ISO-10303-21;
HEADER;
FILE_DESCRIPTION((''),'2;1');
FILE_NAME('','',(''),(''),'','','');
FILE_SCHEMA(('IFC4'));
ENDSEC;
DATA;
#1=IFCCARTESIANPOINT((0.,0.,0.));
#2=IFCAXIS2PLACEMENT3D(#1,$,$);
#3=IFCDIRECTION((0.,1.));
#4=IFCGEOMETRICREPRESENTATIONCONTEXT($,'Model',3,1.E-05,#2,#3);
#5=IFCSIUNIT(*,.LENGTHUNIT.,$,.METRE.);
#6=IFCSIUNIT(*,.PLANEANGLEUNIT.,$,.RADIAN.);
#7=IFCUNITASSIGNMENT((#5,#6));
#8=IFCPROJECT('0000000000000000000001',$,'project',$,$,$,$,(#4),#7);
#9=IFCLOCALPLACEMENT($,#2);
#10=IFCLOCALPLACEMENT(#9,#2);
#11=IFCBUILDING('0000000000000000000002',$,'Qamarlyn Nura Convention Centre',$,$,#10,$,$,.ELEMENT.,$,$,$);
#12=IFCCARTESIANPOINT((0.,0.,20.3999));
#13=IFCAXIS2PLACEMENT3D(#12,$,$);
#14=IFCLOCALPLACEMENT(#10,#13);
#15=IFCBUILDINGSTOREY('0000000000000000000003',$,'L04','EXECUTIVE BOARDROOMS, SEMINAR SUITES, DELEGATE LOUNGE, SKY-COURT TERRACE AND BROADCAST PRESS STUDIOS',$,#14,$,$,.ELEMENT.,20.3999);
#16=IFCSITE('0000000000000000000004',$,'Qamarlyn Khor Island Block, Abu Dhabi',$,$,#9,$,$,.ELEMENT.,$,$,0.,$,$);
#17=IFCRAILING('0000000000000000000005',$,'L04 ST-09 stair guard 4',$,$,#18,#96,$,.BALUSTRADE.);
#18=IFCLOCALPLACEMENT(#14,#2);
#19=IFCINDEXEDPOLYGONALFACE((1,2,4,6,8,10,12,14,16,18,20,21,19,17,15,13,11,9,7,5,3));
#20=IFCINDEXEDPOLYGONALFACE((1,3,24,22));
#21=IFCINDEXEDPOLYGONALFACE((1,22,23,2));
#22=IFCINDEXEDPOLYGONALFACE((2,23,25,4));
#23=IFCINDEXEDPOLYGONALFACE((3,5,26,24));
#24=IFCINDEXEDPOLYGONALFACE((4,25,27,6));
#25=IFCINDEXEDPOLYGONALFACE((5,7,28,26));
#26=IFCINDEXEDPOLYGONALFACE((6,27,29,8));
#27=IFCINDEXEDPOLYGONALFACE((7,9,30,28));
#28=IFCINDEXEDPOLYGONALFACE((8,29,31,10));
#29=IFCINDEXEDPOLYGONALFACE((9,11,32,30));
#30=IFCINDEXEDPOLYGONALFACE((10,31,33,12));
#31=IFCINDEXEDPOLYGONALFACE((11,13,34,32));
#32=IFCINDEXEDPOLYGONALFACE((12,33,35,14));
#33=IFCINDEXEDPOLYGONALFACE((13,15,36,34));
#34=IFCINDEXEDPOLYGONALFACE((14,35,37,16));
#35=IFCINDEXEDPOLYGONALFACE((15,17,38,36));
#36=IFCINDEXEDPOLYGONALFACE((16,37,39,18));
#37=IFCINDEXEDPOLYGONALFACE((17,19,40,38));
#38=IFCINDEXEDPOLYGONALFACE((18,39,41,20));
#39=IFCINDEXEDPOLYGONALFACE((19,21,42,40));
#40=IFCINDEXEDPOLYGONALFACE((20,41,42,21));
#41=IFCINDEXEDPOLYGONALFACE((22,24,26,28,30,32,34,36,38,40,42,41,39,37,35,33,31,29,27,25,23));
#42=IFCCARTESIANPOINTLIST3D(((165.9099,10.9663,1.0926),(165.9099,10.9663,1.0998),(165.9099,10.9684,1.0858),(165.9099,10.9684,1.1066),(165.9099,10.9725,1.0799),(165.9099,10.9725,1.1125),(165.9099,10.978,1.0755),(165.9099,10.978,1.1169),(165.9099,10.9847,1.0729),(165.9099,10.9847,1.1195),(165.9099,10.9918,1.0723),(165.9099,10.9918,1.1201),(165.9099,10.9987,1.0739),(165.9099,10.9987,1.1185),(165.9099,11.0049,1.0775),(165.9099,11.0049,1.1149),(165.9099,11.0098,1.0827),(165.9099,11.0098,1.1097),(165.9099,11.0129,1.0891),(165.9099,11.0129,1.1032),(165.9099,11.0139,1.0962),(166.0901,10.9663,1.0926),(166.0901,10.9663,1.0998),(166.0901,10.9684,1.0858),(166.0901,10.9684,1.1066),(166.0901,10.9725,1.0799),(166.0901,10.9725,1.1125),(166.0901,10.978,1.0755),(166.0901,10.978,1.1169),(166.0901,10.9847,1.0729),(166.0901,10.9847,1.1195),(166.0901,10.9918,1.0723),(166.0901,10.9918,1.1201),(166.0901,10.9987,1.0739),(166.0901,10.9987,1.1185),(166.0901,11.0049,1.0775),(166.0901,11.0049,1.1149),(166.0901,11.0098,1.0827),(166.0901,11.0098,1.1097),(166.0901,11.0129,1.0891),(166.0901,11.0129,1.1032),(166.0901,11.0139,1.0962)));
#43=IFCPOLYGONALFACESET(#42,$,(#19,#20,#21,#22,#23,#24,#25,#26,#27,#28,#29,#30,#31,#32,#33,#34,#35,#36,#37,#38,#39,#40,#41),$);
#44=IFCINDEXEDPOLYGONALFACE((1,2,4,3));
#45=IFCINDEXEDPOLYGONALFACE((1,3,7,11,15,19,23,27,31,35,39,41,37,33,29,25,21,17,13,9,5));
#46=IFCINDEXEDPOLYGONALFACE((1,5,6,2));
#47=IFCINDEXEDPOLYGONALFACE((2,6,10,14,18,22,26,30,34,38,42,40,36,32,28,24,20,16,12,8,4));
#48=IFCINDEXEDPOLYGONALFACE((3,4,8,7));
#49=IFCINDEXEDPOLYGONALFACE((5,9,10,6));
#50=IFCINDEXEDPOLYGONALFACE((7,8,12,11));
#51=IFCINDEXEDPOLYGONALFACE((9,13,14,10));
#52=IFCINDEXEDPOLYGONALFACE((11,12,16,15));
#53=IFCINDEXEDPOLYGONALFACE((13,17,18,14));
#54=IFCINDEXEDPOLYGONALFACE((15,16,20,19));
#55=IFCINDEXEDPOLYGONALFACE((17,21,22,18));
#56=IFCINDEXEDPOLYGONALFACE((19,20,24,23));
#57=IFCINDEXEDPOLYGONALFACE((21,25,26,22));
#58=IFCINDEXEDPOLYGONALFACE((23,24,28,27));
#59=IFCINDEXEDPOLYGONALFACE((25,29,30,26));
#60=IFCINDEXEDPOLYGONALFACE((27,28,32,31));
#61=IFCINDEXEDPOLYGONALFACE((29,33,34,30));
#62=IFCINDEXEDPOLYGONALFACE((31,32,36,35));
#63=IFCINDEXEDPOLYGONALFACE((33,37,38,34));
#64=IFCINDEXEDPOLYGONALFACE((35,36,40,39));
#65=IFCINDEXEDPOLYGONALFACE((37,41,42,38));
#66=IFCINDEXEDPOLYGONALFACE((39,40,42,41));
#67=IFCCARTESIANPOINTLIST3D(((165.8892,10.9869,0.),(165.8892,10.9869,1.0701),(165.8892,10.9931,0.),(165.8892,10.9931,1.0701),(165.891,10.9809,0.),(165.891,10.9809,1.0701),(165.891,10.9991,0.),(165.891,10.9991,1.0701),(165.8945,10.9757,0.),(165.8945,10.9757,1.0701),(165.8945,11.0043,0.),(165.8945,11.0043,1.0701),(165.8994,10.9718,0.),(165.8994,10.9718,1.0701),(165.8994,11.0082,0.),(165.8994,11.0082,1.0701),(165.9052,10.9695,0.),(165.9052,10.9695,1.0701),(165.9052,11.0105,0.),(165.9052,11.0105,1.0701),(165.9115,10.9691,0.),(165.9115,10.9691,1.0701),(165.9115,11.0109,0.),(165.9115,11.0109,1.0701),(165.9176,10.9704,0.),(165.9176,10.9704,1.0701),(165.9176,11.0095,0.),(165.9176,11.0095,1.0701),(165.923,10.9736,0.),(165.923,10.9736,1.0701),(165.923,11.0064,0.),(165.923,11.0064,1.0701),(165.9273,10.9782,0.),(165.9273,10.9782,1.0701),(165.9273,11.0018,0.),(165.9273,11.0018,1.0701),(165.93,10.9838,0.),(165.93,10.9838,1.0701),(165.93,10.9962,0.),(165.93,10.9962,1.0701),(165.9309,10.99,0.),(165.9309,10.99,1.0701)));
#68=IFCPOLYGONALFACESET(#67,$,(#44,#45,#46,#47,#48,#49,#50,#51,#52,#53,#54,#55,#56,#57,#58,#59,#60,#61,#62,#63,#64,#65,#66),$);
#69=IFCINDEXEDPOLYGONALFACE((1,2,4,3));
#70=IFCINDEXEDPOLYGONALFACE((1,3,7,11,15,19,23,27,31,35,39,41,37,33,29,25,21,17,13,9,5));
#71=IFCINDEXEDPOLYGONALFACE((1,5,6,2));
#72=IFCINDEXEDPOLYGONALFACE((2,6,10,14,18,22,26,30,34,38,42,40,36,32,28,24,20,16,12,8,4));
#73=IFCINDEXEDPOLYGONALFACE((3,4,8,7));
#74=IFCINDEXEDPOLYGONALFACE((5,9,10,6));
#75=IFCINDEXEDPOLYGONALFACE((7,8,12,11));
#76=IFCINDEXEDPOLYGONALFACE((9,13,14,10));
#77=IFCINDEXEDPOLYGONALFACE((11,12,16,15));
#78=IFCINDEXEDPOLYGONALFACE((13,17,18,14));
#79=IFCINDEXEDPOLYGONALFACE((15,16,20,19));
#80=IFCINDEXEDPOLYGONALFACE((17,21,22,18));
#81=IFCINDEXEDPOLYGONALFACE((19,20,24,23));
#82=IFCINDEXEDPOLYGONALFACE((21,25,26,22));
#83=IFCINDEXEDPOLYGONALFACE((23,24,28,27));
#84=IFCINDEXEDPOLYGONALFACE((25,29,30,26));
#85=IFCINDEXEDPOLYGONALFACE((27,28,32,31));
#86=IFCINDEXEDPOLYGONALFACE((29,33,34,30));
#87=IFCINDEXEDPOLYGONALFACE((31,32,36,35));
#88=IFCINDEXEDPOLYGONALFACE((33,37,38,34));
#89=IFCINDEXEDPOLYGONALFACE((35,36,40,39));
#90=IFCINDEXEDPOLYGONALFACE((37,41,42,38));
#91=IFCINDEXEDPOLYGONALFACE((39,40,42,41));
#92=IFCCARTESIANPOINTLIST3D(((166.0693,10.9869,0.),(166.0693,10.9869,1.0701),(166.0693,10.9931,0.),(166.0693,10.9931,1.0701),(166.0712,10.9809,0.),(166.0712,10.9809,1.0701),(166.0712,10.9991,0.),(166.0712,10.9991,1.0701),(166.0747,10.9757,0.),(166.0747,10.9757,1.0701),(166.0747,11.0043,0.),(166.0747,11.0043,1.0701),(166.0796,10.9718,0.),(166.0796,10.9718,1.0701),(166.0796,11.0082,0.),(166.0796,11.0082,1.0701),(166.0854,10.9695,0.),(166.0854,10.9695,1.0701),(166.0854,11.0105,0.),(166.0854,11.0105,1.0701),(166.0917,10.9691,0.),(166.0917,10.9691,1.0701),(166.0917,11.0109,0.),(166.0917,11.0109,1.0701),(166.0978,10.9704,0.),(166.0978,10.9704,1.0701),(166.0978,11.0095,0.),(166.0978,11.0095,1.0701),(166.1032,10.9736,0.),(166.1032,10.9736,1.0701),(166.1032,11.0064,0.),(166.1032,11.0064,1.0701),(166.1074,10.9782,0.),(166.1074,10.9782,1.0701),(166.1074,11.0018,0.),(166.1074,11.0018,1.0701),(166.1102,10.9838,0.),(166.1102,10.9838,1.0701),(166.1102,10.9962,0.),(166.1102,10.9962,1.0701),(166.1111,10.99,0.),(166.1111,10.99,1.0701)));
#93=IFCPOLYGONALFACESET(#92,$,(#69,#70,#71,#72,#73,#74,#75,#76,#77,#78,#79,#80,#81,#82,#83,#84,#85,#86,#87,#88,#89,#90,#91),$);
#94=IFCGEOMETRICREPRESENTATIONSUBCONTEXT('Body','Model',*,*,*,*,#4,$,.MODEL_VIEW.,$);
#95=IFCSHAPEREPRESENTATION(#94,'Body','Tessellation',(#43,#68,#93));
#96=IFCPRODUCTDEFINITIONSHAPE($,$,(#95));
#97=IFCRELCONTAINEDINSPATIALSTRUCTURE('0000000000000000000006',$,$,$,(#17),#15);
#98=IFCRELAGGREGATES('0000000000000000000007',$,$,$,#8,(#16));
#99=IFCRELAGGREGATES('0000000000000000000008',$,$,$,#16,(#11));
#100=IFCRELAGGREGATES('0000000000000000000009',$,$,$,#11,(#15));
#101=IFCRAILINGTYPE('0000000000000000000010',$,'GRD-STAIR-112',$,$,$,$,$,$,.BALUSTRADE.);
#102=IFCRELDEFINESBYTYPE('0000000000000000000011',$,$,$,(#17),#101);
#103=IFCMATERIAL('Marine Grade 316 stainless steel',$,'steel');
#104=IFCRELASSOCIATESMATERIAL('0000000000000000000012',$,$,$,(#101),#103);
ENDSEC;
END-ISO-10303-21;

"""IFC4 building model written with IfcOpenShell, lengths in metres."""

from ifc_helpers import new_model, si_unit, direction, frame, origin, origin_2d, place, context, subcontext, project, spatial, circle, extrude, material, type_object, element, save


model = new_model("IFC4")

# Units and contexts
model_context = context("Model", 3, precision=1e-05, world=origin(), true_north=direction((0.0, 1.0)))
body_context = subcontext(model_context, "Body", "Model", "MODEL_VIEW")
ifc_project = project(units=[si_unit("LENGTHUNIT", "METRE"), si_unit("PLANEANGLEUNIT", "RADIAN")], contexts=[model_context])

# Site, building, storey
site_placement = place(None, origin())
site = spatial("IfcSite", under=ifc_project, at=site_placement, Name="Qamarlyn Khor Island Block, Abu Dhabi", CompositionType="ELEMENT", RefElevation=0.0)
building_placement = place(site_placement, origin())
building = spatial("IfcBuilding", under=site, at=building_placement, Name="Qamarlyn Nura Convention Centre", CompositionType="ELEMENT")
storey_placement = place(building_placement, frame((0.0, 0.0, 20.3999)))
storey = spatial("IfcBuildingStorey", under=building, at=storey_placement, Name="L04", Description="EXECUTIVE BOARDROOMS, SEMINAR SUITES, DELEGATE LOUNGE, SKY-COURT TERRACE AND BROADCAST PRESS STUDIOS", CompositionType="ELEMENT", Elevation=20.3999)

# Shared definitions
ifc_material_1 = material(Name="Marine Grade 316 stainless steel", Category="steel")

# Railing
railing_type_1 = type_object("IfcRailingType", Name="GRD-STAIR-112", PredefinedType="BALUSTRADE", material=ifc_material_1)
railing_1_placement = place(storey_placement, frame((165.9099, 10.99, 0.0)))
element("IfcRailing", 1, at=railing_1_placement, inside=storey, type_object=railing_type_1, Name="L04 ST-09 stair guard 4", PredefinedType="BALUSTRADE", context=body_context, shape_type="SweptSolid", body=[
    extrude(circle(Radius=0.0239, at=origin_2d()), frame((0.0, 0.0, 1.0962), z_axis=(1.0, 0.0, 0.0), x_axis=(0.0, 1.0, 0.0)), (0.0, 0.0, 1.0), 0.1802),
    extrude(circle(Radius=0.021, at=origin_2d()), origin(), (0.0, 0.0, 1.0), 1.0701),
    extrude(circle(Radius=0.021, at=origin_2d()), frame((0.1802, 0.0, 0.0)), (0.0, 0.0, 1.0), 1.0701),
])

save(model, "model.ifc")
